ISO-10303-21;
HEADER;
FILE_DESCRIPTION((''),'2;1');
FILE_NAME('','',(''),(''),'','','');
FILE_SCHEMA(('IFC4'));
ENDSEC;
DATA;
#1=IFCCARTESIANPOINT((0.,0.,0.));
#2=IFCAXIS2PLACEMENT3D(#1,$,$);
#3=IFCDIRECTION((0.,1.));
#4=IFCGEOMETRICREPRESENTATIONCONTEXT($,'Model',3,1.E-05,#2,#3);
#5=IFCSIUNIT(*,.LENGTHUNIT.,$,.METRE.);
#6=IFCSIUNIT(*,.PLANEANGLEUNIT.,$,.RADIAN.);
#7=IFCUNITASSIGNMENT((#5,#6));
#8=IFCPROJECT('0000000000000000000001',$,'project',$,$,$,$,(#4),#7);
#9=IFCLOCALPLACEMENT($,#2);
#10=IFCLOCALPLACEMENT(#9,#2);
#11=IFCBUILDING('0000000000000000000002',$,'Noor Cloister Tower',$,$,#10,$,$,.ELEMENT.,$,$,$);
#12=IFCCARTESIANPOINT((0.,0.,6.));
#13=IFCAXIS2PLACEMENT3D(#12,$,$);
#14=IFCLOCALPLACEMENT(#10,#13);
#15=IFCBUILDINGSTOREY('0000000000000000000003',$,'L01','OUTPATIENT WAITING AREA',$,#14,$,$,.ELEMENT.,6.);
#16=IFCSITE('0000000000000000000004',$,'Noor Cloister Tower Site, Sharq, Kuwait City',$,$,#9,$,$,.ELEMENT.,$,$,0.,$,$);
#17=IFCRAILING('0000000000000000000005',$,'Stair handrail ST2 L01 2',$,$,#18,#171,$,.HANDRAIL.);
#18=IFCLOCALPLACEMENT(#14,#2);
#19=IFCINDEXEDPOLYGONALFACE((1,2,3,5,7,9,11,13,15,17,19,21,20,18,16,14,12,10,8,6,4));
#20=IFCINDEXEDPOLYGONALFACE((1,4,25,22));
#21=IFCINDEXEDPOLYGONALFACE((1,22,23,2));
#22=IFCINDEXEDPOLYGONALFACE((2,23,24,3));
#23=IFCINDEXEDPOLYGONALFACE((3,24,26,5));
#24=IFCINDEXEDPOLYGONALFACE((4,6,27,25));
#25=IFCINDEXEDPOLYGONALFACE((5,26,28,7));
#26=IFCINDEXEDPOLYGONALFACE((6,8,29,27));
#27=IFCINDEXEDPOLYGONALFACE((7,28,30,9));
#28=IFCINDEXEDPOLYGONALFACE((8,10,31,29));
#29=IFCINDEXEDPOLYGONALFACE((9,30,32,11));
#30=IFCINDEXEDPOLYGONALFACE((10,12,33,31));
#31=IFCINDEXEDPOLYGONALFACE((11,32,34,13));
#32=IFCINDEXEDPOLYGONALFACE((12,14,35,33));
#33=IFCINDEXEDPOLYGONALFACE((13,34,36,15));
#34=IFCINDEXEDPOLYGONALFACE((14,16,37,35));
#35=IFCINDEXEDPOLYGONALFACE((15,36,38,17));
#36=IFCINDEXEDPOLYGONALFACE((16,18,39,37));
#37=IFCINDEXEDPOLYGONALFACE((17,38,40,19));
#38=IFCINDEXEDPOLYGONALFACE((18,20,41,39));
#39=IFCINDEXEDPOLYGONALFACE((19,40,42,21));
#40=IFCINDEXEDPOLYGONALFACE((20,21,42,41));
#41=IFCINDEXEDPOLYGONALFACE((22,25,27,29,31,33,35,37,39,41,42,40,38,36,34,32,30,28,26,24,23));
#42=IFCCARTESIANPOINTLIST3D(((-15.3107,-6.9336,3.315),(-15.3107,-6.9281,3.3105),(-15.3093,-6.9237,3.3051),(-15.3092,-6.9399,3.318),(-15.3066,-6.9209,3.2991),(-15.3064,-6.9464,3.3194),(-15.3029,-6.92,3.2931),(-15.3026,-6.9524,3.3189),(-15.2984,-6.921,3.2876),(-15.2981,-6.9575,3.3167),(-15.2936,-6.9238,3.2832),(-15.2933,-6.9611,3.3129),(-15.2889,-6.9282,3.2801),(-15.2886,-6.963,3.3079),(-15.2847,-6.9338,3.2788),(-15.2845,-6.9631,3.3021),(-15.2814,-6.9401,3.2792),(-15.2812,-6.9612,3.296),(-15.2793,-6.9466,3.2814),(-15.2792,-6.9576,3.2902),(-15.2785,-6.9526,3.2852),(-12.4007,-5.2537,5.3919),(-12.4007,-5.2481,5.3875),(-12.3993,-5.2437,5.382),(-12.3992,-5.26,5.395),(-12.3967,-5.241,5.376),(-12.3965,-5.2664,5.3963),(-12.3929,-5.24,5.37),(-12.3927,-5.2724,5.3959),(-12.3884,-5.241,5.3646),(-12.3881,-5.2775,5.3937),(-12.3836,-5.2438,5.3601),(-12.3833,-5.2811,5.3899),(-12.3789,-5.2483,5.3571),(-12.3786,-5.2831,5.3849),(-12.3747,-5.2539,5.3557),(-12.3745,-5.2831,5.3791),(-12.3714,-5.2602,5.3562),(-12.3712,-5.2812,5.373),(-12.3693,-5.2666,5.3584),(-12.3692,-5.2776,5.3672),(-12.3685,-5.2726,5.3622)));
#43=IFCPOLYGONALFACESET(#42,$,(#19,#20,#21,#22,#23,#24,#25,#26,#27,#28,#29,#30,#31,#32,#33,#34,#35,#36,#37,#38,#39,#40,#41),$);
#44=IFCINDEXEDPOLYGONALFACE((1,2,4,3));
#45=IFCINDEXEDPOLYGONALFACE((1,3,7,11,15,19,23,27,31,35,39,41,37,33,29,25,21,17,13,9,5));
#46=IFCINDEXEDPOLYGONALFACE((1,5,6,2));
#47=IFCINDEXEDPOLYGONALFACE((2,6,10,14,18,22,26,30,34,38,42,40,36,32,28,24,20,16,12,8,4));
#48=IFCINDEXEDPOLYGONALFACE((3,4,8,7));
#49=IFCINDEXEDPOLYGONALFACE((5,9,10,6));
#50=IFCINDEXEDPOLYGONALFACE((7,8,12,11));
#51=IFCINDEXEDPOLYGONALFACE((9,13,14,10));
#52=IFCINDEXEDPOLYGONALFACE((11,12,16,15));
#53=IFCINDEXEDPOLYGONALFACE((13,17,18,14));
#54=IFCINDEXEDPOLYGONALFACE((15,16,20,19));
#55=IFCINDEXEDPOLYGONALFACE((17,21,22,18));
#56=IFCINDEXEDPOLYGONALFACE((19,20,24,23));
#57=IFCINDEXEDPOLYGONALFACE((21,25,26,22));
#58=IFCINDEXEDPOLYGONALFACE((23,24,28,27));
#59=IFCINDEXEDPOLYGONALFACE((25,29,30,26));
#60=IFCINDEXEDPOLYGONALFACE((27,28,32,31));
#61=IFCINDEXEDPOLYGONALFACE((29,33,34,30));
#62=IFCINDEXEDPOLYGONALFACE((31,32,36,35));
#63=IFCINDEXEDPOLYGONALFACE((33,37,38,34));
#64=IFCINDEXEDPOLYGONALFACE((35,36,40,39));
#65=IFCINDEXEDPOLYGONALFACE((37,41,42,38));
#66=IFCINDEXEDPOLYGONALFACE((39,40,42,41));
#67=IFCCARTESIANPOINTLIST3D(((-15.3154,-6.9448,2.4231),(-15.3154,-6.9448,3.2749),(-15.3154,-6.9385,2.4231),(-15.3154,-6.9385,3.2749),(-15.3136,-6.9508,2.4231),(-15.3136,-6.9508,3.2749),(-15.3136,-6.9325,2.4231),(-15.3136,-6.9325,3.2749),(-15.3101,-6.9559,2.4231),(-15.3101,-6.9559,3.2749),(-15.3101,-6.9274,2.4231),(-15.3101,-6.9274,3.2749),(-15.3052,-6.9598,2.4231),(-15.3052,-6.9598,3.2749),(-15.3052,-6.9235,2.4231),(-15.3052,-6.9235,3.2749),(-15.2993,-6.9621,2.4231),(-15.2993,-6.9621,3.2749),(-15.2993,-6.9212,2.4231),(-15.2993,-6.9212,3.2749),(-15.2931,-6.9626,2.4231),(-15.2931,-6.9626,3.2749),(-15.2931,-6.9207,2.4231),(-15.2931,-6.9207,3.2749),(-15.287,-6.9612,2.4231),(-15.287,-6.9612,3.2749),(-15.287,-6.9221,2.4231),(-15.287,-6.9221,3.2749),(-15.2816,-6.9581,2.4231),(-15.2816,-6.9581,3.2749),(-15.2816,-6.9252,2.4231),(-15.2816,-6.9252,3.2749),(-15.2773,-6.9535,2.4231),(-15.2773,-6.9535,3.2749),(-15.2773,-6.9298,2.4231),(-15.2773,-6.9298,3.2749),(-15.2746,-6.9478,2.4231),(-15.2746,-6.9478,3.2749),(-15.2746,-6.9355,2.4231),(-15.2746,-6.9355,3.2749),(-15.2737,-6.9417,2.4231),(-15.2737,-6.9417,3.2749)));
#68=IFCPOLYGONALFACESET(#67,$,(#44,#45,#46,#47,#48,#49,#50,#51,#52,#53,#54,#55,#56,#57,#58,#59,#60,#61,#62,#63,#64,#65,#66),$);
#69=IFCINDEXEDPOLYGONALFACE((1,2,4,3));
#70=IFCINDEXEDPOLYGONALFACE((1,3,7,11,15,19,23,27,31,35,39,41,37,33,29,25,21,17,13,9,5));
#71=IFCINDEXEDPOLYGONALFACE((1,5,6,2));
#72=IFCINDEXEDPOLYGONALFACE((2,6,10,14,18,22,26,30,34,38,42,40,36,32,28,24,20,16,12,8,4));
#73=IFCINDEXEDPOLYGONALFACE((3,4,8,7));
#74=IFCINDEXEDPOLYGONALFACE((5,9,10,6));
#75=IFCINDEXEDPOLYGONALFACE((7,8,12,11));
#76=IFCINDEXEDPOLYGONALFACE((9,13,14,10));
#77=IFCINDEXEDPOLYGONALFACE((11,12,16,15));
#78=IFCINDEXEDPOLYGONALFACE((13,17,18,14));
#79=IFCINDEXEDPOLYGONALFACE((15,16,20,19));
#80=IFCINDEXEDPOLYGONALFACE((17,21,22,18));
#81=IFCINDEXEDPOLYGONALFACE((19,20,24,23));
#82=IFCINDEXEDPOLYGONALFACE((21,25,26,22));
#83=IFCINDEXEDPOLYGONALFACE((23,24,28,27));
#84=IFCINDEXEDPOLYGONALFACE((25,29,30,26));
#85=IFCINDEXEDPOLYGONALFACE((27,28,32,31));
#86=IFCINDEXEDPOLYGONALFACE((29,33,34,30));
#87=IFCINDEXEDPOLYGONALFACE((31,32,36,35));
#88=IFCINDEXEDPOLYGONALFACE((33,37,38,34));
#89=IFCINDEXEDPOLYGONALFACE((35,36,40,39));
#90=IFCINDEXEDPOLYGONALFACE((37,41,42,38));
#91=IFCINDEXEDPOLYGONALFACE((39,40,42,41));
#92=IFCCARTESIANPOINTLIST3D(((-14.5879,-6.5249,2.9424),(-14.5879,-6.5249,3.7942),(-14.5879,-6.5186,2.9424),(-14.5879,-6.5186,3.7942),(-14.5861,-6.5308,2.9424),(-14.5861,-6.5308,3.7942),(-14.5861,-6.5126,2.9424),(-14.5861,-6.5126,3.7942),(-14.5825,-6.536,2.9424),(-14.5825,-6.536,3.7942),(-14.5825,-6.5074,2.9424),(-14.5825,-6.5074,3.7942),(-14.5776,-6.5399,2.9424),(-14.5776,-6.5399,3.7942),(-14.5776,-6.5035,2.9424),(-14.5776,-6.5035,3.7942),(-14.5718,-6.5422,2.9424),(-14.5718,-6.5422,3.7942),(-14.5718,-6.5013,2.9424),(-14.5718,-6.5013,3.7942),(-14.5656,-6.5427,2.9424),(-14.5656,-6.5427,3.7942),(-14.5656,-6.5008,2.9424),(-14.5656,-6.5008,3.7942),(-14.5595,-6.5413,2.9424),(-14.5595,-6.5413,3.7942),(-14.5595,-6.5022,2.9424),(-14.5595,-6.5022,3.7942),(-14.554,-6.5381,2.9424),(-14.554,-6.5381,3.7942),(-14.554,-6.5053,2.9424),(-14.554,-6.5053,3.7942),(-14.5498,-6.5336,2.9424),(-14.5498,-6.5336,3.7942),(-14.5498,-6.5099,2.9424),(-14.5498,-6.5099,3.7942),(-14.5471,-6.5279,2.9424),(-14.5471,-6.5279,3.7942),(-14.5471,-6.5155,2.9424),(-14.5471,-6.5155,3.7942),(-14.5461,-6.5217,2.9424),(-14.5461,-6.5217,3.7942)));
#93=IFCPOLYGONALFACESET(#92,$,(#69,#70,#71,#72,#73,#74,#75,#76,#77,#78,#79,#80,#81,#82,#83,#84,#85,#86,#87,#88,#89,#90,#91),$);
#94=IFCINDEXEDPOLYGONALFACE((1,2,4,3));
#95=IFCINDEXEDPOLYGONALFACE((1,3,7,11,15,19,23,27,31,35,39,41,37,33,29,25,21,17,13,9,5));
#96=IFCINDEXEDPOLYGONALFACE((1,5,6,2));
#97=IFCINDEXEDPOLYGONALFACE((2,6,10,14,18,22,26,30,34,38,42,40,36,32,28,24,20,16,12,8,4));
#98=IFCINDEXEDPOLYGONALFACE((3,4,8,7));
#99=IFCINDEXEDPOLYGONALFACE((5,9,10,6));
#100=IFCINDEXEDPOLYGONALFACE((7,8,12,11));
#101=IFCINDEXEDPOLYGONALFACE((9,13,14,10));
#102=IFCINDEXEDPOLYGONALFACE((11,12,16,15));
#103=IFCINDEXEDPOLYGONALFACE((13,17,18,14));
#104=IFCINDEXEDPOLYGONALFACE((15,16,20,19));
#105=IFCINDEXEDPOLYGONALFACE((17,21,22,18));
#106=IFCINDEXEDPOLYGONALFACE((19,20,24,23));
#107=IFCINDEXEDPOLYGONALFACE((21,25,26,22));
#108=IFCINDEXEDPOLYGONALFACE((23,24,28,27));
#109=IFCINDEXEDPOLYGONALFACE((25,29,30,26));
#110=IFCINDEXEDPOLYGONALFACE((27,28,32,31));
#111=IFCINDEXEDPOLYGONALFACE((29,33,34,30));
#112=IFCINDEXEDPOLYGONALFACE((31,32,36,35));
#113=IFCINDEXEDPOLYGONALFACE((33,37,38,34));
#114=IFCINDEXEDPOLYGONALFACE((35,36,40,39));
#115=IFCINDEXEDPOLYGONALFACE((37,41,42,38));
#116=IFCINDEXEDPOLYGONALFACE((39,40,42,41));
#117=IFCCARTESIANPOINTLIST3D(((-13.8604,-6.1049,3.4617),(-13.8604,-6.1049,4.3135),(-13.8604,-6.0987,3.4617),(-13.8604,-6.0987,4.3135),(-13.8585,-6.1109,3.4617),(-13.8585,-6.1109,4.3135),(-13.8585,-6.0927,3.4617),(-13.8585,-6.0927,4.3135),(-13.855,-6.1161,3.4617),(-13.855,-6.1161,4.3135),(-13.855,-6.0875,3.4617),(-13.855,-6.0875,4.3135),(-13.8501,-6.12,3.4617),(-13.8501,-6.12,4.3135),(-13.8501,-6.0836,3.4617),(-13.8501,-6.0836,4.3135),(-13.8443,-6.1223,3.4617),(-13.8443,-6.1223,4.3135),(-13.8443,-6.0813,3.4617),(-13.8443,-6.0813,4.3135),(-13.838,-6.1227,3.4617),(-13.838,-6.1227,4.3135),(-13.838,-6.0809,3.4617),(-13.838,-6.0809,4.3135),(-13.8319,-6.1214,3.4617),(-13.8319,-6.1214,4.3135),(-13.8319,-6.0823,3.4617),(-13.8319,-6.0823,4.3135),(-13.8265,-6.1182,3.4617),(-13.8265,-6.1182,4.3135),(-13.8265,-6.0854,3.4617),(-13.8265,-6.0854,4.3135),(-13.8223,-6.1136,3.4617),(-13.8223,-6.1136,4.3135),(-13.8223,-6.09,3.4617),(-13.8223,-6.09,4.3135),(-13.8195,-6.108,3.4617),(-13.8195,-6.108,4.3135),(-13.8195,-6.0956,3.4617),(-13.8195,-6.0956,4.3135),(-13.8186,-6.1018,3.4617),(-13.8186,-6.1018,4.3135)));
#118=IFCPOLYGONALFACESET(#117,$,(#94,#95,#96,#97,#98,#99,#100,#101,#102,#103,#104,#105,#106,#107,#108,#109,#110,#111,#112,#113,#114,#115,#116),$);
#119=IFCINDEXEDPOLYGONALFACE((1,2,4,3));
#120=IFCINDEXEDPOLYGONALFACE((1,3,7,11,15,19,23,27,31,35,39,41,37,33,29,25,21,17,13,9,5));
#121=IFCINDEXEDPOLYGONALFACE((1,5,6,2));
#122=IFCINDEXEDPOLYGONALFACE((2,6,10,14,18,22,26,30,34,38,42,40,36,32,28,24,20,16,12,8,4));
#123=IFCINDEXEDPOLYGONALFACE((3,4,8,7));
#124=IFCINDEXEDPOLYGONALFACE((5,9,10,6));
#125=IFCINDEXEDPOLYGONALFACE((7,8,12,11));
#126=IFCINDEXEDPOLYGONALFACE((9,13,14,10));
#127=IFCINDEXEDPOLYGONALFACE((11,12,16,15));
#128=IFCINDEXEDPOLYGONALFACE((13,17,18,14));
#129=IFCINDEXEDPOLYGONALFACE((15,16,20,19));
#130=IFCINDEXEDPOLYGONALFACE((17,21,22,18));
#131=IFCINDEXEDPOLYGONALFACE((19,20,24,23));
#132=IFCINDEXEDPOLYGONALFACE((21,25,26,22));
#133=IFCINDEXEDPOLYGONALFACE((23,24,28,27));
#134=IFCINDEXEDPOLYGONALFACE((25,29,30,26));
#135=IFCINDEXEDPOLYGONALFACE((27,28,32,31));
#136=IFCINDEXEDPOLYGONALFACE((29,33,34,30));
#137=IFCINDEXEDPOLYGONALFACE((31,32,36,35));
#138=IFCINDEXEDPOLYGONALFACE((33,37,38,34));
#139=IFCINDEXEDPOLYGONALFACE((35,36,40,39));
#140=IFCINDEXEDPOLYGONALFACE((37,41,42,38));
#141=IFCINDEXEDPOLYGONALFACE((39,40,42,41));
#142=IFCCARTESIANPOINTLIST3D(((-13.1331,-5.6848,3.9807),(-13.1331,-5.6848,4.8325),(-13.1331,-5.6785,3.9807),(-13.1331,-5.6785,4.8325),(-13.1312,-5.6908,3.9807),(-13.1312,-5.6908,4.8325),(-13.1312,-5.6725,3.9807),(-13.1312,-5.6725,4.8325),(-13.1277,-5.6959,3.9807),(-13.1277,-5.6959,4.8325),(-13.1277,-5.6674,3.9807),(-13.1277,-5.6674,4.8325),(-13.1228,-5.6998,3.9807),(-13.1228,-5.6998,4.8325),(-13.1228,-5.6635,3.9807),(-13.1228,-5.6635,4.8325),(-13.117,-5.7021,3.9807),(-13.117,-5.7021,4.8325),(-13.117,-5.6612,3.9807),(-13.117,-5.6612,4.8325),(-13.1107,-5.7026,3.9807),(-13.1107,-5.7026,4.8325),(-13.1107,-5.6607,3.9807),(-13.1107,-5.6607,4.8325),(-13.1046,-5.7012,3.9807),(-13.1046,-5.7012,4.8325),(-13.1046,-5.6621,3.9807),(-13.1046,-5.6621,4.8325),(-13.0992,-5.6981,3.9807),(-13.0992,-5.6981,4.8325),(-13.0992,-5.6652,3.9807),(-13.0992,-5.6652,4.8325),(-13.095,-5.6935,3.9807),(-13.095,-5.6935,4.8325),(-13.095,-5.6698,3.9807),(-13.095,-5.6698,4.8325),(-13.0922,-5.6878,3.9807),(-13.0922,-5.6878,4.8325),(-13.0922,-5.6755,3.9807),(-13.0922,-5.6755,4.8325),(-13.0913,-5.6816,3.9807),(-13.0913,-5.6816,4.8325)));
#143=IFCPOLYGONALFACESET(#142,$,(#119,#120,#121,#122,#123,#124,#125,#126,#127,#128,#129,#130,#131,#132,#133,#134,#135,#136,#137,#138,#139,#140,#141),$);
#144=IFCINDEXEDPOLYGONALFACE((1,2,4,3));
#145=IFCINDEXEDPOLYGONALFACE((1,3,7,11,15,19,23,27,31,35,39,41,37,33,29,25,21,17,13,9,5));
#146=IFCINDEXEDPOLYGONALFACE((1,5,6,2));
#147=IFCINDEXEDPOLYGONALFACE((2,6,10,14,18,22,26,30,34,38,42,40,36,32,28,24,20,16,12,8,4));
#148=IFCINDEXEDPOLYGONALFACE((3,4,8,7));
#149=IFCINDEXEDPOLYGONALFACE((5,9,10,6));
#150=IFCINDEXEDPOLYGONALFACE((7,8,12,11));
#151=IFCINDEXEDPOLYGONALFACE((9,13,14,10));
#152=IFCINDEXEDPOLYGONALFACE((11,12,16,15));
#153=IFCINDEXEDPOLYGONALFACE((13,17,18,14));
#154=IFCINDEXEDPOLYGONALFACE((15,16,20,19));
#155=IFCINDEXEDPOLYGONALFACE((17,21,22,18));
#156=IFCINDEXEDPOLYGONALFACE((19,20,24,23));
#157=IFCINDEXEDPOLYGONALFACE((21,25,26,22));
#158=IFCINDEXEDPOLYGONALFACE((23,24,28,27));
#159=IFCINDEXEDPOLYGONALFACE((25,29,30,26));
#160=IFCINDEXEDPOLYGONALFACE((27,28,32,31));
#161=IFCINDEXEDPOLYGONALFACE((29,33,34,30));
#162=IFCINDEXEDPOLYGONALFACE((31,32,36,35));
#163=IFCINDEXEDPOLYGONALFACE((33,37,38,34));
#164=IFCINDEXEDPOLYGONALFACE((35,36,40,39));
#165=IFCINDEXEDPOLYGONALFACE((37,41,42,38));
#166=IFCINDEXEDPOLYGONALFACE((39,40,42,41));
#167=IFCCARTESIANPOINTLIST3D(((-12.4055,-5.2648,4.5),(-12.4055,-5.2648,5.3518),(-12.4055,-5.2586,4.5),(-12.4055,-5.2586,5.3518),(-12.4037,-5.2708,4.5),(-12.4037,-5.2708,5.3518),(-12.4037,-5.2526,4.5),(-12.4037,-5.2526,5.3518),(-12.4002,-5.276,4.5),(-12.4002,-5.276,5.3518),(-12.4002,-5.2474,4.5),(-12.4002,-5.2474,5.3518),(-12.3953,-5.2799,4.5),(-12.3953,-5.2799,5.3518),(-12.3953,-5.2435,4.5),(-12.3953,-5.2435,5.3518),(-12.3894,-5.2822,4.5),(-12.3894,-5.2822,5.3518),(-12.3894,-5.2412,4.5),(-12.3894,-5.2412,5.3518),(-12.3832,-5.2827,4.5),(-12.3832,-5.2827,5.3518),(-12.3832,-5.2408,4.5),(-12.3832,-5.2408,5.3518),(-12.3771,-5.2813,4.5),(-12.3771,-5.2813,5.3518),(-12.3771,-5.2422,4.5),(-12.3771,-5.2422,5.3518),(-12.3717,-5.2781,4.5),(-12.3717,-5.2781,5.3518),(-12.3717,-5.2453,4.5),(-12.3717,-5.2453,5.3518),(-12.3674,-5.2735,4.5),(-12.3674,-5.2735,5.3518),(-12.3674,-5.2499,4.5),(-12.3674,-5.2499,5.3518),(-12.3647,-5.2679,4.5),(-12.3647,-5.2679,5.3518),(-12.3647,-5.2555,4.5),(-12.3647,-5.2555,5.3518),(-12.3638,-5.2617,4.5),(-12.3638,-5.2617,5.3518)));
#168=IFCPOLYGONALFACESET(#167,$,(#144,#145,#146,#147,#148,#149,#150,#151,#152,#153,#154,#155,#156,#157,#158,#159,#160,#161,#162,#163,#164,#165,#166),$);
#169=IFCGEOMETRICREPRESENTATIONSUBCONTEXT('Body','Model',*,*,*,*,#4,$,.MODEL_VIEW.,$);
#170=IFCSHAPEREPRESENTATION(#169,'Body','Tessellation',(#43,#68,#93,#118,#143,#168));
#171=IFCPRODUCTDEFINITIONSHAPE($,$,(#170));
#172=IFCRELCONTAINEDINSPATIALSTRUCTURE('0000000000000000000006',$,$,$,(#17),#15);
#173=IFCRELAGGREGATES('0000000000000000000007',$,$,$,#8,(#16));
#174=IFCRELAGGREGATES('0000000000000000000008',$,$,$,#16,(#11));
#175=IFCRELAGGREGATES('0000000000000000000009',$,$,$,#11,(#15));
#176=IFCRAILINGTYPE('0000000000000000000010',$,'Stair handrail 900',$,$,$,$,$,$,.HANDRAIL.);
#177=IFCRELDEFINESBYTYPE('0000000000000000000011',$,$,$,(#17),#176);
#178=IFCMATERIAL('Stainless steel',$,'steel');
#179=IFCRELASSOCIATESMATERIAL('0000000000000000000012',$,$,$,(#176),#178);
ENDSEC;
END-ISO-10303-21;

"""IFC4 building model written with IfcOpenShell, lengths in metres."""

from ifc_helpers import new_model, si_unit, direction, frame, origin, origin_2d, place, context, subcontext, project, spatial, circle, extrude, material, type_object, element, save


model = new_model("IFC4")

# Units and contexts
model_context = context("Model", 3, precision=1e-05, world=origin(), true_north=direction((0.0, 1.0)))
body_context = subcontext(model_context, "Body", "Model", "MODEL_VIEW")
ifc_project = project(units=[si_unit("LENGTHUNIT", "METRE"), si_unit("PLANEANGLEUNIT", "RADIAN")], contexts=[model_context])

# Site, building, storey
site_placement = place(None, origin())
site = spatial("IfcSite", under=ifc_project, at=site_placement, Name="Noor Cloister Tower Site, Sharq, Kuwait City", CompositionType="ELEMENT", RefElevation=0.0)
building_placement = place(site_placement, origin())
building = spatial("IfcBuilding", under=site, at=building_placement, Name="Noor Cloister Tower", CompositionType="ELEMENT")
storey_placement = place(building_placement, frame((0.0, 0.0, 6.0)))
storey = spatial("IfcBuildingStorey", under=building, at=storey_placement, Name="L01", Description="OUTPATIENT WAITING AREA", CompositionType="ELEMENT", Elevation=6.0)

# Railing
ifc_material_1 = material(Name="Stainless steel", Category="steel")
railing_type = type_object("IfcRailingType", Name="Stair handrail 900", PredefinedType="HANDRAIL", material=ifc_material_1)
railing_1_placement = place(storey_placement, frame((-15.2947, -6.9417, 2.4231)))
element("IfcRailing", 1, at=railing_1_placement, inside=storey, type_object=railing_type, Name="Stair handrail ST2 L01 2", PredefinedType="HANDRAIL", context=body_context, shape_type="SweptSolid", body=[
    extrude(circle(Radius=0.0239, at=origin_2d()), frame((0.0, 0.0, 0.876), z_axis=(0.736668, 0.425288, 0.525785), x_axis=(-0.499976, 0.866039, 0.0)), (0.0, 0.0, 1.0), 3.9502),
    extrude(circle(Radius=0.021, at=origin_2d()), origin(), (0.0, 0.0, 1.0), 0.8518),
    extrude(circle(Radius=0.021, at=origin_2d()), frame((0.7275, 0.4199, 0.5193)), (0.0, 0.0, 1.0), 0.8518),
    extrude(circle(Radius=0.021, at=origin_2d()), frame((1.4551, 0.8398, 1.0386)), (0.0, 0.0, 1.0), 0.8518),
    extrude(circle(Radius=0.021, at=origin_2d()), frame((2.1824, 1.26, 1.5576)), (0.0, 0.0, 1.0), 0.8518),
    extrude(circle(Radius=0.021, at=origin_2d()), frame((2.9099, 1.6799, 2.0769)), (0.0, 0.0, 1.0), 0.8518),
])

save(model, "model.ifc")
